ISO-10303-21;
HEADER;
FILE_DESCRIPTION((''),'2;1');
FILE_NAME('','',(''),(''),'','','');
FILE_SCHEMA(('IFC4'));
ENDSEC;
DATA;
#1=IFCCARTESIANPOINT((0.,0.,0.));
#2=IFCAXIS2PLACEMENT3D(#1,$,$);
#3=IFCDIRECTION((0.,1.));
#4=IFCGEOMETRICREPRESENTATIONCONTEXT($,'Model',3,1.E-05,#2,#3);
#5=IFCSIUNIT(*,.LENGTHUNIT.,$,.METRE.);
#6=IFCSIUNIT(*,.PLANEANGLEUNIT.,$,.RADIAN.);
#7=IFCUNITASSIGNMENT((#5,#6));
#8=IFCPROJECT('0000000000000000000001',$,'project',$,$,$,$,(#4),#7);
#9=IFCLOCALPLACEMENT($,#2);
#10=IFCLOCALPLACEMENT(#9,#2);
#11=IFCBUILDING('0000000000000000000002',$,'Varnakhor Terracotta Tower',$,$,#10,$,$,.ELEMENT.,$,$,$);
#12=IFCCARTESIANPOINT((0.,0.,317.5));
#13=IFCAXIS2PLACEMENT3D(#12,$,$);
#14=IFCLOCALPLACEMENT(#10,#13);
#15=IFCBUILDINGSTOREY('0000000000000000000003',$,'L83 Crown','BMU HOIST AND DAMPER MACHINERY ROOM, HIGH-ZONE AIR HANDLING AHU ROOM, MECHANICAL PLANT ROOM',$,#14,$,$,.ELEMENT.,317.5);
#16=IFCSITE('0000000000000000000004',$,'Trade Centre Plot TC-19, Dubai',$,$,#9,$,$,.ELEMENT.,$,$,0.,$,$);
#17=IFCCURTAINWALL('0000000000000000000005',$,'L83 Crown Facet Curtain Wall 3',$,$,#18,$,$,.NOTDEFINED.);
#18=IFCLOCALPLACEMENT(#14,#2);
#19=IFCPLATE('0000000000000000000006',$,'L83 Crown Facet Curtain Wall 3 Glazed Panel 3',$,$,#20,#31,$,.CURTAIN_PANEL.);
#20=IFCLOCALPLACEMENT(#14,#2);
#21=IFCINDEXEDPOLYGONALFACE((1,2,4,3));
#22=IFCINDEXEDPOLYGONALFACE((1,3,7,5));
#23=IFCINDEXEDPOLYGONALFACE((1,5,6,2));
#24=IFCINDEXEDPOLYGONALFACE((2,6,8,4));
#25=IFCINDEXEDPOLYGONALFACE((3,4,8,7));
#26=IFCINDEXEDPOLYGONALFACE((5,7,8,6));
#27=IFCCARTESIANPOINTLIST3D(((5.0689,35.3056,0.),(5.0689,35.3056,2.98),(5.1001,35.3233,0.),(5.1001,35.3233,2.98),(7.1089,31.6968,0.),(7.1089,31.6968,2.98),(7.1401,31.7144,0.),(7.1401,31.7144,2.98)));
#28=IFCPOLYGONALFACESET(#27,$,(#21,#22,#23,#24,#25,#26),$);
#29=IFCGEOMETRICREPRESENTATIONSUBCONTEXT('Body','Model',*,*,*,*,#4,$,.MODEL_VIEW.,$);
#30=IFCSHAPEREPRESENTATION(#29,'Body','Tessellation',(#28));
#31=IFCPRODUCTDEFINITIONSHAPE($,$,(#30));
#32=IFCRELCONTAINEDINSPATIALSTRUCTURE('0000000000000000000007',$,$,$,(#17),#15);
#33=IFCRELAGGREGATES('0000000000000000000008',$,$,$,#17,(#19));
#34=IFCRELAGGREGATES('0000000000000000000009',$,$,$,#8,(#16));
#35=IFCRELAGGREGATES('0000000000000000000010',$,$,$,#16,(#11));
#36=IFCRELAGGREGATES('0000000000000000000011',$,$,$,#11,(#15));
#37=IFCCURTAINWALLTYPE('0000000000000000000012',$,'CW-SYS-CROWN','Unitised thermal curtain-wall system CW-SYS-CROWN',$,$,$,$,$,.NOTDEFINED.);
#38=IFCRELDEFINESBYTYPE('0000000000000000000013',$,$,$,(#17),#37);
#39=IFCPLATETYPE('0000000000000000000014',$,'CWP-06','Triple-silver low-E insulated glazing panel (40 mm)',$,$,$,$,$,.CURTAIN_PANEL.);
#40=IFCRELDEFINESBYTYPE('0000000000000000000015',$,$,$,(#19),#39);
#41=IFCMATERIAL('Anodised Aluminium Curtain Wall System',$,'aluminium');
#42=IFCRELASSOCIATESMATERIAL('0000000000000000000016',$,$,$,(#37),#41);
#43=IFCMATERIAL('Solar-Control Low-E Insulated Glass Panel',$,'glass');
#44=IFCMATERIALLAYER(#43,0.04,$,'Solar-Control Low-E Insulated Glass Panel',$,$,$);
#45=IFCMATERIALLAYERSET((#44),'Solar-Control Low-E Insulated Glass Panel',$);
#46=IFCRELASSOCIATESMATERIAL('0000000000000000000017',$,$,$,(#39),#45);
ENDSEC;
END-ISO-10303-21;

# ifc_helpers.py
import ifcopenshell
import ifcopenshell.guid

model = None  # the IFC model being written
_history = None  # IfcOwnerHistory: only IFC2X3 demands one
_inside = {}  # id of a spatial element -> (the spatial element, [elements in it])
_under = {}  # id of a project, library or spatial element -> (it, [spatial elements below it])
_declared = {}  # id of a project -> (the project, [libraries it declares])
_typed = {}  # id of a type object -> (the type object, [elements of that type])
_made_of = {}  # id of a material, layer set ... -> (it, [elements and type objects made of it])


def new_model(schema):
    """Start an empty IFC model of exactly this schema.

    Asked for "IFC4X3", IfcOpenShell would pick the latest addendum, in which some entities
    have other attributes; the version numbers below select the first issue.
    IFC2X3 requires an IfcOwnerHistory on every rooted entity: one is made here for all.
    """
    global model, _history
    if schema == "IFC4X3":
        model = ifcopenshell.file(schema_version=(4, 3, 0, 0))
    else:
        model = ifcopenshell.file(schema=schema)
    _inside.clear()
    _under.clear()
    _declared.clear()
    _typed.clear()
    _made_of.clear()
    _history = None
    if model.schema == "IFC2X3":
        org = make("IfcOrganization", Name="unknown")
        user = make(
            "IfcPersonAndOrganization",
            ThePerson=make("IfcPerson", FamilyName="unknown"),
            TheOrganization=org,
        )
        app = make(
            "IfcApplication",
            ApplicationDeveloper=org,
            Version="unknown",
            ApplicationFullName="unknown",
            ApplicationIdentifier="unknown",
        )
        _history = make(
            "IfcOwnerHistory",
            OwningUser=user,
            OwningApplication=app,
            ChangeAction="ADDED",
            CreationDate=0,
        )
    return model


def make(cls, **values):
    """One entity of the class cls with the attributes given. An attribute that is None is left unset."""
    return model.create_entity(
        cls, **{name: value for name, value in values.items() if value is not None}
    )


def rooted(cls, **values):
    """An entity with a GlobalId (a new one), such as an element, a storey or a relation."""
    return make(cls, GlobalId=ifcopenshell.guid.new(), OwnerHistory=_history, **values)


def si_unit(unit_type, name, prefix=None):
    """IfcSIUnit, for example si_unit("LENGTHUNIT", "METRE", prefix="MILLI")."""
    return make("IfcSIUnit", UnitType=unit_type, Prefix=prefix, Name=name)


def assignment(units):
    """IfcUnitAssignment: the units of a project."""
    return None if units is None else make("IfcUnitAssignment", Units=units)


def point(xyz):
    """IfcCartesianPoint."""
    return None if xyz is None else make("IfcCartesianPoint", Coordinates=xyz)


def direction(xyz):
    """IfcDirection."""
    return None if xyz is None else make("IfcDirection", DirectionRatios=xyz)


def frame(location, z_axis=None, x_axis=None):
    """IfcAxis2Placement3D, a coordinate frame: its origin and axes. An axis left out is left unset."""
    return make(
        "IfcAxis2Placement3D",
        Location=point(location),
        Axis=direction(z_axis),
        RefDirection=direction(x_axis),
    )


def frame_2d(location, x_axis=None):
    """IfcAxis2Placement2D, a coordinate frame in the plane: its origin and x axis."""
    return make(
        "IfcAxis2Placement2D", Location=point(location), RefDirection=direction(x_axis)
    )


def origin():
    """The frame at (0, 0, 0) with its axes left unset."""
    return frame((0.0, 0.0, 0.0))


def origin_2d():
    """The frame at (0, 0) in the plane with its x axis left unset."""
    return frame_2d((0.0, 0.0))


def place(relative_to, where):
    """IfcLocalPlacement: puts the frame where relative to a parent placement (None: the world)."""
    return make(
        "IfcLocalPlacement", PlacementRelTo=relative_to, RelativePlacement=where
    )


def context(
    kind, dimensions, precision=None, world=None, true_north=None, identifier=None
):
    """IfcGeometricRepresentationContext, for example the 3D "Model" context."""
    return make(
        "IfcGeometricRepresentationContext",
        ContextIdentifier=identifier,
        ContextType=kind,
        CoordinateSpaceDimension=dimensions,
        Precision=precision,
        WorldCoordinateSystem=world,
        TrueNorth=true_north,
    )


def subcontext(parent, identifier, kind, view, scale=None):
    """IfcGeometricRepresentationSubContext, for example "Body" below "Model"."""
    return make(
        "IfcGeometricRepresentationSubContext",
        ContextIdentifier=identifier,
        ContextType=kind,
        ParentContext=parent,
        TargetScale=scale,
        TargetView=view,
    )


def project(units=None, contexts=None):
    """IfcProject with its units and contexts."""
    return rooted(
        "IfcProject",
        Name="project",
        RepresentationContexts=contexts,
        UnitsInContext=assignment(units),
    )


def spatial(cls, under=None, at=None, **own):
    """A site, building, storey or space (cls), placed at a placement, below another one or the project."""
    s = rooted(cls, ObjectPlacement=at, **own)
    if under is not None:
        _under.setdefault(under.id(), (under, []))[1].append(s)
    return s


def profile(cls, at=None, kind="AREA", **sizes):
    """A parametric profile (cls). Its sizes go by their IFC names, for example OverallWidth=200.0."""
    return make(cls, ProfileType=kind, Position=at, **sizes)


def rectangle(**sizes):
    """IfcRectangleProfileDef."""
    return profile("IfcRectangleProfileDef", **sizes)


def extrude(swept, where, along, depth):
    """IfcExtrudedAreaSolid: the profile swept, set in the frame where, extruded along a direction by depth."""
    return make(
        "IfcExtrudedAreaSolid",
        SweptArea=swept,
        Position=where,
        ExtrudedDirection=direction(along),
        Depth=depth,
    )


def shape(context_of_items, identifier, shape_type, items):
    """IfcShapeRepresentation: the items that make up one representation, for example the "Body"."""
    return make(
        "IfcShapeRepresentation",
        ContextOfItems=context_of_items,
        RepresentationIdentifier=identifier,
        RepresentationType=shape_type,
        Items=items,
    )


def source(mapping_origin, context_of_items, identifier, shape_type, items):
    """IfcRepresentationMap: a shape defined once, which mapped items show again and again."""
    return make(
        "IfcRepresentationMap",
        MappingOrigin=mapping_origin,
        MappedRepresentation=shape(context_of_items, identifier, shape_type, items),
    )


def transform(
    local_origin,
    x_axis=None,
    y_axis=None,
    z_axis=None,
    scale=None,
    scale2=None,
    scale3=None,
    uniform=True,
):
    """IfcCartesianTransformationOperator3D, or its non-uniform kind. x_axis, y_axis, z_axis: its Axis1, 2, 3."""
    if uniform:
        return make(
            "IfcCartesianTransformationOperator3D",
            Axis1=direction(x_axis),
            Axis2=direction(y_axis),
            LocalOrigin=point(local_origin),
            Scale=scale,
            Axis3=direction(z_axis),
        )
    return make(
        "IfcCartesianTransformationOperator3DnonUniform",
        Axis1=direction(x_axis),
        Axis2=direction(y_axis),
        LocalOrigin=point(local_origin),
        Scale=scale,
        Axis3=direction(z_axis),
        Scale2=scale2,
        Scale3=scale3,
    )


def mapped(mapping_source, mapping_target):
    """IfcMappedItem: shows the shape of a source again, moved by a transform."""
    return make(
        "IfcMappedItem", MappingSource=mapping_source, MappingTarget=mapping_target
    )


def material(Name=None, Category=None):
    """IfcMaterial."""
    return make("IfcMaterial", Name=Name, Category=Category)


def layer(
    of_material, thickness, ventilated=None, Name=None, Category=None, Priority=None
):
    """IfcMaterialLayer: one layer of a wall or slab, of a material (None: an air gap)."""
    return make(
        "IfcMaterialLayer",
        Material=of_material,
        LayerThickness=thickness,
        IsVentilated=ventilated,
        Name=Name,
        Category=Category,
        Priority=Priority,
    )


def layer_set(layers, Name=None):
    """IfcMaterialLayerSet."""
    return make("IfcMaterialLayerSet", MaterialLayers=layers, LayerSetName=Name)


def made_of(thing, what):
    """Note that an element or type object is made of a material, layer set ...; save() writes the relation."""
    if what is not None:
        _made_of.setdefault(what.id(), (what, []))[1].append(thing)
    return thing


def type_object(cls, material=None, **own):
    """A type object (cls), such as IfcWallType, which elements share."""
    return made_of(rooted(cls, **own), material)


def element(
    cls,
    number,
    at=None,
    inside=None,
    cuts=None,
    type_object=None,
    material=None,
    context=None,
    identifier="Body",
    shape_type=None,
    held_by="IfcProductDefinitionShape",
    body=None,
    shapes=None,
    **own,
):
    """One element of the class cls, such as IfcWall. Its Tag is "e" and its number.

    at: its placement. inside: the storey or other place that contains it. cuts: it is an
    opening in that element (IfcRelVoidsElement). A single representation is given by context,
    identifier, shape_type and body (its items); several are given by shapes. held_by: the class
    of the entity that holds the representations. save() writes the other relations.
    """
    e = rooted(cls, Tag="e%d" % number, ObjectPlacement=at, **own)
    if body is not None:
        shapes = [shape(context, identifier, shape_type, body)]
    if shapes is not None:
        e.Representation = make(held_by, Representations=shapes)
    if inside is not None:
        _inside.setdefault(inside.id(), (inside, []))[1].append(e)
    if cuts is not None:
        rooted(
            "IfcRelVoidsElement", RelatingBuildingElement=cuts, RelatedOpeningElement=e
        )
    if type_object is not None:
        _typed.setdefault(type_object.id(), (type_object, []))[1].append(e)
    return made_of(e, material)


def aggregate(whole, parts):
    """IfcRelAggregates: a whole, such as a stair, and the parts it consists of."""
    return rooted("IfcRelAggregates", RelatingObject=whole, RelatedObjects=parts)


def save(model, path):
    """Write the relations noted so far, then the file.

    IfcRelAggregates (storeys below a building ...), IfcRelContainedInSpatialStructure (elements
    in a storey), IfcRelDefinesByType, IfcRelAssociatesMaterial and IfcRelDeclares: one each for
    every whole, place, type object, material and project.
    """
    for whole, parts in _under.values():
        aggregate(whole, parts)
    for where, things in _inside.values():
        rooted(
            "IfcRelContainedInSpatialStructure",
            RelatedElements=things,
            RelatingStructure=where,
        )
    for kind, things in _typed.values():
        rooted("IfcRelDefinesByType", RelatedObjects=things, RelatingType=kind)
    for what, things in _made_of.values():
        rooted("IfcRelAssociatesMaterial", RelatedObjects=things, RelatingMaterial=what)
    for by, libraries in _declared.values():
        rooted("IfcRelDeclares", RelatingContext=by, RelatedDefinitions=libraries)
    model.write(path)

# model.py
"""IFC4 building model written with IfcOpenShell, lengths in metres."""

from ifc_helpers import new_model, si_unit, direction, frame, origin, origin_2d, place, context, subcontext, project, spatial, rectangle, extrude, source, transform, mapped, material, layer, layer_set, type_object, element, aggregate, save


model = new_model("IFC4")

# Units and contexts
model_context = context("Model", 3, precision=1e-05, world=origin(), true_north=direction((0.0, 1.0)))
body_context = subcontext(model_context, "Body", "Model", "MODEL_VIEW")
ifc_project = project(units=[si_unit("LENGTHUNIT", "METRE"), si_unit("PLANEANGLEUNIT", "RADIAN")], contexts=[model_context])

# Site, building, storey
site_placement = place(None, origin())
site = spatial("IfcSite", under=ifc_project, at=site_placement, Name="Trade Centre Plot TC-19, Dubai", CompositionType="ELEMENT", RefElevation=0.0)
building_placement = place(site_placement, origin())
building = spatial("IfcBuilding", under=site, at=building_placement, Name="Varnakhor Terracotta Tower", CompositionType="ELEMENT")
storey_placement = place(building_placement, frame((0.0, 0.0, 317.5)))
storey = spatial("IfcBuildingStorey", under=building, at=storey_placement, Name="L83 Crown", Description="BMU HOIST AND DAMPER MACHINERY ROOM, HIGH-ZONE AIR HANDLING AHU ROOM, MECHANICAL PLANT ROOM", CompositionType="ELEMENT", Elevation=317.5)

# Shared definitions
ifc_material_1 = material(Name="Anodised Aluminium Curtain Wall System", Category="aluminium")
curtain_wall_type = type_object("IfcCurtainWallType", Name="CW-SYS-CROWN", Description="Unitised thermal curtain-wall system CW-SYS-CROWN", PredefinedType="NOTDEFINED", material=ifc_material_1)

# Curtain wall
curtain_wall_1_placement = place(storey_placement, origin())
curtain_wall_1 = element("IfcCurtainWall", 1, at=curtain_wall_1_placement, inside=storey, type_object=curtain_wall_type, Name="L83 Crown Facet Curtain Wall 3", PredefinedType="NOTDEFINED")

# Plate
ifc_material_2 = material(Name="Solar-Control Low-E Insulated Glass Panel", Category="glass")
ifc_layer = layer(ifc_material_2, 0.04, Name="Solar-Control Low-E Insulated Glass Panel")
ifc_layer_set = layer_set([ifc_layer], Name="Solar-Control Low-E Insulated Glass Panel")
plate_type = type_object("IfcPlateType", Name="CWP-06", Description="Triple-silver low-E insulated glazing panel (40 mm)", PredefinedType="CURTAIN_PANEL", material=ifc_layer_set)
shared_shape_1 = source(origin(), body_context, "Body", "SweptSolid", [
    extrude(rectangle(XDim=4.1455, YDim=0.0359, at=origin_2d()), origin(), (0.0, 0.0, 1.0), 2.98),
])
plate_1_placement = place(storey_placement, frame((6.1045, 33.51, 0.0), z_axis=(0.0, 0.0, 1.0), x_axis=(0.492089, -0.870545, 0.0)))
plate_1 = element("IfcPlate", 2, at=plate_1_placement, type_object=plate_type, Name="L83 Crown Facet Curtain Wall 3 Glazed Panel 3", PredefinedType="CURTAIN_PANEL", context=body_context, shape_type="MappedRepresentation", body=[
    mapped(shared_shape_1, transform((0.0, 0.0, 0.0), scale=1.0)),
])
aggregate(curtain_wall_1, [plate_1])

save(model, "model.ifc")
